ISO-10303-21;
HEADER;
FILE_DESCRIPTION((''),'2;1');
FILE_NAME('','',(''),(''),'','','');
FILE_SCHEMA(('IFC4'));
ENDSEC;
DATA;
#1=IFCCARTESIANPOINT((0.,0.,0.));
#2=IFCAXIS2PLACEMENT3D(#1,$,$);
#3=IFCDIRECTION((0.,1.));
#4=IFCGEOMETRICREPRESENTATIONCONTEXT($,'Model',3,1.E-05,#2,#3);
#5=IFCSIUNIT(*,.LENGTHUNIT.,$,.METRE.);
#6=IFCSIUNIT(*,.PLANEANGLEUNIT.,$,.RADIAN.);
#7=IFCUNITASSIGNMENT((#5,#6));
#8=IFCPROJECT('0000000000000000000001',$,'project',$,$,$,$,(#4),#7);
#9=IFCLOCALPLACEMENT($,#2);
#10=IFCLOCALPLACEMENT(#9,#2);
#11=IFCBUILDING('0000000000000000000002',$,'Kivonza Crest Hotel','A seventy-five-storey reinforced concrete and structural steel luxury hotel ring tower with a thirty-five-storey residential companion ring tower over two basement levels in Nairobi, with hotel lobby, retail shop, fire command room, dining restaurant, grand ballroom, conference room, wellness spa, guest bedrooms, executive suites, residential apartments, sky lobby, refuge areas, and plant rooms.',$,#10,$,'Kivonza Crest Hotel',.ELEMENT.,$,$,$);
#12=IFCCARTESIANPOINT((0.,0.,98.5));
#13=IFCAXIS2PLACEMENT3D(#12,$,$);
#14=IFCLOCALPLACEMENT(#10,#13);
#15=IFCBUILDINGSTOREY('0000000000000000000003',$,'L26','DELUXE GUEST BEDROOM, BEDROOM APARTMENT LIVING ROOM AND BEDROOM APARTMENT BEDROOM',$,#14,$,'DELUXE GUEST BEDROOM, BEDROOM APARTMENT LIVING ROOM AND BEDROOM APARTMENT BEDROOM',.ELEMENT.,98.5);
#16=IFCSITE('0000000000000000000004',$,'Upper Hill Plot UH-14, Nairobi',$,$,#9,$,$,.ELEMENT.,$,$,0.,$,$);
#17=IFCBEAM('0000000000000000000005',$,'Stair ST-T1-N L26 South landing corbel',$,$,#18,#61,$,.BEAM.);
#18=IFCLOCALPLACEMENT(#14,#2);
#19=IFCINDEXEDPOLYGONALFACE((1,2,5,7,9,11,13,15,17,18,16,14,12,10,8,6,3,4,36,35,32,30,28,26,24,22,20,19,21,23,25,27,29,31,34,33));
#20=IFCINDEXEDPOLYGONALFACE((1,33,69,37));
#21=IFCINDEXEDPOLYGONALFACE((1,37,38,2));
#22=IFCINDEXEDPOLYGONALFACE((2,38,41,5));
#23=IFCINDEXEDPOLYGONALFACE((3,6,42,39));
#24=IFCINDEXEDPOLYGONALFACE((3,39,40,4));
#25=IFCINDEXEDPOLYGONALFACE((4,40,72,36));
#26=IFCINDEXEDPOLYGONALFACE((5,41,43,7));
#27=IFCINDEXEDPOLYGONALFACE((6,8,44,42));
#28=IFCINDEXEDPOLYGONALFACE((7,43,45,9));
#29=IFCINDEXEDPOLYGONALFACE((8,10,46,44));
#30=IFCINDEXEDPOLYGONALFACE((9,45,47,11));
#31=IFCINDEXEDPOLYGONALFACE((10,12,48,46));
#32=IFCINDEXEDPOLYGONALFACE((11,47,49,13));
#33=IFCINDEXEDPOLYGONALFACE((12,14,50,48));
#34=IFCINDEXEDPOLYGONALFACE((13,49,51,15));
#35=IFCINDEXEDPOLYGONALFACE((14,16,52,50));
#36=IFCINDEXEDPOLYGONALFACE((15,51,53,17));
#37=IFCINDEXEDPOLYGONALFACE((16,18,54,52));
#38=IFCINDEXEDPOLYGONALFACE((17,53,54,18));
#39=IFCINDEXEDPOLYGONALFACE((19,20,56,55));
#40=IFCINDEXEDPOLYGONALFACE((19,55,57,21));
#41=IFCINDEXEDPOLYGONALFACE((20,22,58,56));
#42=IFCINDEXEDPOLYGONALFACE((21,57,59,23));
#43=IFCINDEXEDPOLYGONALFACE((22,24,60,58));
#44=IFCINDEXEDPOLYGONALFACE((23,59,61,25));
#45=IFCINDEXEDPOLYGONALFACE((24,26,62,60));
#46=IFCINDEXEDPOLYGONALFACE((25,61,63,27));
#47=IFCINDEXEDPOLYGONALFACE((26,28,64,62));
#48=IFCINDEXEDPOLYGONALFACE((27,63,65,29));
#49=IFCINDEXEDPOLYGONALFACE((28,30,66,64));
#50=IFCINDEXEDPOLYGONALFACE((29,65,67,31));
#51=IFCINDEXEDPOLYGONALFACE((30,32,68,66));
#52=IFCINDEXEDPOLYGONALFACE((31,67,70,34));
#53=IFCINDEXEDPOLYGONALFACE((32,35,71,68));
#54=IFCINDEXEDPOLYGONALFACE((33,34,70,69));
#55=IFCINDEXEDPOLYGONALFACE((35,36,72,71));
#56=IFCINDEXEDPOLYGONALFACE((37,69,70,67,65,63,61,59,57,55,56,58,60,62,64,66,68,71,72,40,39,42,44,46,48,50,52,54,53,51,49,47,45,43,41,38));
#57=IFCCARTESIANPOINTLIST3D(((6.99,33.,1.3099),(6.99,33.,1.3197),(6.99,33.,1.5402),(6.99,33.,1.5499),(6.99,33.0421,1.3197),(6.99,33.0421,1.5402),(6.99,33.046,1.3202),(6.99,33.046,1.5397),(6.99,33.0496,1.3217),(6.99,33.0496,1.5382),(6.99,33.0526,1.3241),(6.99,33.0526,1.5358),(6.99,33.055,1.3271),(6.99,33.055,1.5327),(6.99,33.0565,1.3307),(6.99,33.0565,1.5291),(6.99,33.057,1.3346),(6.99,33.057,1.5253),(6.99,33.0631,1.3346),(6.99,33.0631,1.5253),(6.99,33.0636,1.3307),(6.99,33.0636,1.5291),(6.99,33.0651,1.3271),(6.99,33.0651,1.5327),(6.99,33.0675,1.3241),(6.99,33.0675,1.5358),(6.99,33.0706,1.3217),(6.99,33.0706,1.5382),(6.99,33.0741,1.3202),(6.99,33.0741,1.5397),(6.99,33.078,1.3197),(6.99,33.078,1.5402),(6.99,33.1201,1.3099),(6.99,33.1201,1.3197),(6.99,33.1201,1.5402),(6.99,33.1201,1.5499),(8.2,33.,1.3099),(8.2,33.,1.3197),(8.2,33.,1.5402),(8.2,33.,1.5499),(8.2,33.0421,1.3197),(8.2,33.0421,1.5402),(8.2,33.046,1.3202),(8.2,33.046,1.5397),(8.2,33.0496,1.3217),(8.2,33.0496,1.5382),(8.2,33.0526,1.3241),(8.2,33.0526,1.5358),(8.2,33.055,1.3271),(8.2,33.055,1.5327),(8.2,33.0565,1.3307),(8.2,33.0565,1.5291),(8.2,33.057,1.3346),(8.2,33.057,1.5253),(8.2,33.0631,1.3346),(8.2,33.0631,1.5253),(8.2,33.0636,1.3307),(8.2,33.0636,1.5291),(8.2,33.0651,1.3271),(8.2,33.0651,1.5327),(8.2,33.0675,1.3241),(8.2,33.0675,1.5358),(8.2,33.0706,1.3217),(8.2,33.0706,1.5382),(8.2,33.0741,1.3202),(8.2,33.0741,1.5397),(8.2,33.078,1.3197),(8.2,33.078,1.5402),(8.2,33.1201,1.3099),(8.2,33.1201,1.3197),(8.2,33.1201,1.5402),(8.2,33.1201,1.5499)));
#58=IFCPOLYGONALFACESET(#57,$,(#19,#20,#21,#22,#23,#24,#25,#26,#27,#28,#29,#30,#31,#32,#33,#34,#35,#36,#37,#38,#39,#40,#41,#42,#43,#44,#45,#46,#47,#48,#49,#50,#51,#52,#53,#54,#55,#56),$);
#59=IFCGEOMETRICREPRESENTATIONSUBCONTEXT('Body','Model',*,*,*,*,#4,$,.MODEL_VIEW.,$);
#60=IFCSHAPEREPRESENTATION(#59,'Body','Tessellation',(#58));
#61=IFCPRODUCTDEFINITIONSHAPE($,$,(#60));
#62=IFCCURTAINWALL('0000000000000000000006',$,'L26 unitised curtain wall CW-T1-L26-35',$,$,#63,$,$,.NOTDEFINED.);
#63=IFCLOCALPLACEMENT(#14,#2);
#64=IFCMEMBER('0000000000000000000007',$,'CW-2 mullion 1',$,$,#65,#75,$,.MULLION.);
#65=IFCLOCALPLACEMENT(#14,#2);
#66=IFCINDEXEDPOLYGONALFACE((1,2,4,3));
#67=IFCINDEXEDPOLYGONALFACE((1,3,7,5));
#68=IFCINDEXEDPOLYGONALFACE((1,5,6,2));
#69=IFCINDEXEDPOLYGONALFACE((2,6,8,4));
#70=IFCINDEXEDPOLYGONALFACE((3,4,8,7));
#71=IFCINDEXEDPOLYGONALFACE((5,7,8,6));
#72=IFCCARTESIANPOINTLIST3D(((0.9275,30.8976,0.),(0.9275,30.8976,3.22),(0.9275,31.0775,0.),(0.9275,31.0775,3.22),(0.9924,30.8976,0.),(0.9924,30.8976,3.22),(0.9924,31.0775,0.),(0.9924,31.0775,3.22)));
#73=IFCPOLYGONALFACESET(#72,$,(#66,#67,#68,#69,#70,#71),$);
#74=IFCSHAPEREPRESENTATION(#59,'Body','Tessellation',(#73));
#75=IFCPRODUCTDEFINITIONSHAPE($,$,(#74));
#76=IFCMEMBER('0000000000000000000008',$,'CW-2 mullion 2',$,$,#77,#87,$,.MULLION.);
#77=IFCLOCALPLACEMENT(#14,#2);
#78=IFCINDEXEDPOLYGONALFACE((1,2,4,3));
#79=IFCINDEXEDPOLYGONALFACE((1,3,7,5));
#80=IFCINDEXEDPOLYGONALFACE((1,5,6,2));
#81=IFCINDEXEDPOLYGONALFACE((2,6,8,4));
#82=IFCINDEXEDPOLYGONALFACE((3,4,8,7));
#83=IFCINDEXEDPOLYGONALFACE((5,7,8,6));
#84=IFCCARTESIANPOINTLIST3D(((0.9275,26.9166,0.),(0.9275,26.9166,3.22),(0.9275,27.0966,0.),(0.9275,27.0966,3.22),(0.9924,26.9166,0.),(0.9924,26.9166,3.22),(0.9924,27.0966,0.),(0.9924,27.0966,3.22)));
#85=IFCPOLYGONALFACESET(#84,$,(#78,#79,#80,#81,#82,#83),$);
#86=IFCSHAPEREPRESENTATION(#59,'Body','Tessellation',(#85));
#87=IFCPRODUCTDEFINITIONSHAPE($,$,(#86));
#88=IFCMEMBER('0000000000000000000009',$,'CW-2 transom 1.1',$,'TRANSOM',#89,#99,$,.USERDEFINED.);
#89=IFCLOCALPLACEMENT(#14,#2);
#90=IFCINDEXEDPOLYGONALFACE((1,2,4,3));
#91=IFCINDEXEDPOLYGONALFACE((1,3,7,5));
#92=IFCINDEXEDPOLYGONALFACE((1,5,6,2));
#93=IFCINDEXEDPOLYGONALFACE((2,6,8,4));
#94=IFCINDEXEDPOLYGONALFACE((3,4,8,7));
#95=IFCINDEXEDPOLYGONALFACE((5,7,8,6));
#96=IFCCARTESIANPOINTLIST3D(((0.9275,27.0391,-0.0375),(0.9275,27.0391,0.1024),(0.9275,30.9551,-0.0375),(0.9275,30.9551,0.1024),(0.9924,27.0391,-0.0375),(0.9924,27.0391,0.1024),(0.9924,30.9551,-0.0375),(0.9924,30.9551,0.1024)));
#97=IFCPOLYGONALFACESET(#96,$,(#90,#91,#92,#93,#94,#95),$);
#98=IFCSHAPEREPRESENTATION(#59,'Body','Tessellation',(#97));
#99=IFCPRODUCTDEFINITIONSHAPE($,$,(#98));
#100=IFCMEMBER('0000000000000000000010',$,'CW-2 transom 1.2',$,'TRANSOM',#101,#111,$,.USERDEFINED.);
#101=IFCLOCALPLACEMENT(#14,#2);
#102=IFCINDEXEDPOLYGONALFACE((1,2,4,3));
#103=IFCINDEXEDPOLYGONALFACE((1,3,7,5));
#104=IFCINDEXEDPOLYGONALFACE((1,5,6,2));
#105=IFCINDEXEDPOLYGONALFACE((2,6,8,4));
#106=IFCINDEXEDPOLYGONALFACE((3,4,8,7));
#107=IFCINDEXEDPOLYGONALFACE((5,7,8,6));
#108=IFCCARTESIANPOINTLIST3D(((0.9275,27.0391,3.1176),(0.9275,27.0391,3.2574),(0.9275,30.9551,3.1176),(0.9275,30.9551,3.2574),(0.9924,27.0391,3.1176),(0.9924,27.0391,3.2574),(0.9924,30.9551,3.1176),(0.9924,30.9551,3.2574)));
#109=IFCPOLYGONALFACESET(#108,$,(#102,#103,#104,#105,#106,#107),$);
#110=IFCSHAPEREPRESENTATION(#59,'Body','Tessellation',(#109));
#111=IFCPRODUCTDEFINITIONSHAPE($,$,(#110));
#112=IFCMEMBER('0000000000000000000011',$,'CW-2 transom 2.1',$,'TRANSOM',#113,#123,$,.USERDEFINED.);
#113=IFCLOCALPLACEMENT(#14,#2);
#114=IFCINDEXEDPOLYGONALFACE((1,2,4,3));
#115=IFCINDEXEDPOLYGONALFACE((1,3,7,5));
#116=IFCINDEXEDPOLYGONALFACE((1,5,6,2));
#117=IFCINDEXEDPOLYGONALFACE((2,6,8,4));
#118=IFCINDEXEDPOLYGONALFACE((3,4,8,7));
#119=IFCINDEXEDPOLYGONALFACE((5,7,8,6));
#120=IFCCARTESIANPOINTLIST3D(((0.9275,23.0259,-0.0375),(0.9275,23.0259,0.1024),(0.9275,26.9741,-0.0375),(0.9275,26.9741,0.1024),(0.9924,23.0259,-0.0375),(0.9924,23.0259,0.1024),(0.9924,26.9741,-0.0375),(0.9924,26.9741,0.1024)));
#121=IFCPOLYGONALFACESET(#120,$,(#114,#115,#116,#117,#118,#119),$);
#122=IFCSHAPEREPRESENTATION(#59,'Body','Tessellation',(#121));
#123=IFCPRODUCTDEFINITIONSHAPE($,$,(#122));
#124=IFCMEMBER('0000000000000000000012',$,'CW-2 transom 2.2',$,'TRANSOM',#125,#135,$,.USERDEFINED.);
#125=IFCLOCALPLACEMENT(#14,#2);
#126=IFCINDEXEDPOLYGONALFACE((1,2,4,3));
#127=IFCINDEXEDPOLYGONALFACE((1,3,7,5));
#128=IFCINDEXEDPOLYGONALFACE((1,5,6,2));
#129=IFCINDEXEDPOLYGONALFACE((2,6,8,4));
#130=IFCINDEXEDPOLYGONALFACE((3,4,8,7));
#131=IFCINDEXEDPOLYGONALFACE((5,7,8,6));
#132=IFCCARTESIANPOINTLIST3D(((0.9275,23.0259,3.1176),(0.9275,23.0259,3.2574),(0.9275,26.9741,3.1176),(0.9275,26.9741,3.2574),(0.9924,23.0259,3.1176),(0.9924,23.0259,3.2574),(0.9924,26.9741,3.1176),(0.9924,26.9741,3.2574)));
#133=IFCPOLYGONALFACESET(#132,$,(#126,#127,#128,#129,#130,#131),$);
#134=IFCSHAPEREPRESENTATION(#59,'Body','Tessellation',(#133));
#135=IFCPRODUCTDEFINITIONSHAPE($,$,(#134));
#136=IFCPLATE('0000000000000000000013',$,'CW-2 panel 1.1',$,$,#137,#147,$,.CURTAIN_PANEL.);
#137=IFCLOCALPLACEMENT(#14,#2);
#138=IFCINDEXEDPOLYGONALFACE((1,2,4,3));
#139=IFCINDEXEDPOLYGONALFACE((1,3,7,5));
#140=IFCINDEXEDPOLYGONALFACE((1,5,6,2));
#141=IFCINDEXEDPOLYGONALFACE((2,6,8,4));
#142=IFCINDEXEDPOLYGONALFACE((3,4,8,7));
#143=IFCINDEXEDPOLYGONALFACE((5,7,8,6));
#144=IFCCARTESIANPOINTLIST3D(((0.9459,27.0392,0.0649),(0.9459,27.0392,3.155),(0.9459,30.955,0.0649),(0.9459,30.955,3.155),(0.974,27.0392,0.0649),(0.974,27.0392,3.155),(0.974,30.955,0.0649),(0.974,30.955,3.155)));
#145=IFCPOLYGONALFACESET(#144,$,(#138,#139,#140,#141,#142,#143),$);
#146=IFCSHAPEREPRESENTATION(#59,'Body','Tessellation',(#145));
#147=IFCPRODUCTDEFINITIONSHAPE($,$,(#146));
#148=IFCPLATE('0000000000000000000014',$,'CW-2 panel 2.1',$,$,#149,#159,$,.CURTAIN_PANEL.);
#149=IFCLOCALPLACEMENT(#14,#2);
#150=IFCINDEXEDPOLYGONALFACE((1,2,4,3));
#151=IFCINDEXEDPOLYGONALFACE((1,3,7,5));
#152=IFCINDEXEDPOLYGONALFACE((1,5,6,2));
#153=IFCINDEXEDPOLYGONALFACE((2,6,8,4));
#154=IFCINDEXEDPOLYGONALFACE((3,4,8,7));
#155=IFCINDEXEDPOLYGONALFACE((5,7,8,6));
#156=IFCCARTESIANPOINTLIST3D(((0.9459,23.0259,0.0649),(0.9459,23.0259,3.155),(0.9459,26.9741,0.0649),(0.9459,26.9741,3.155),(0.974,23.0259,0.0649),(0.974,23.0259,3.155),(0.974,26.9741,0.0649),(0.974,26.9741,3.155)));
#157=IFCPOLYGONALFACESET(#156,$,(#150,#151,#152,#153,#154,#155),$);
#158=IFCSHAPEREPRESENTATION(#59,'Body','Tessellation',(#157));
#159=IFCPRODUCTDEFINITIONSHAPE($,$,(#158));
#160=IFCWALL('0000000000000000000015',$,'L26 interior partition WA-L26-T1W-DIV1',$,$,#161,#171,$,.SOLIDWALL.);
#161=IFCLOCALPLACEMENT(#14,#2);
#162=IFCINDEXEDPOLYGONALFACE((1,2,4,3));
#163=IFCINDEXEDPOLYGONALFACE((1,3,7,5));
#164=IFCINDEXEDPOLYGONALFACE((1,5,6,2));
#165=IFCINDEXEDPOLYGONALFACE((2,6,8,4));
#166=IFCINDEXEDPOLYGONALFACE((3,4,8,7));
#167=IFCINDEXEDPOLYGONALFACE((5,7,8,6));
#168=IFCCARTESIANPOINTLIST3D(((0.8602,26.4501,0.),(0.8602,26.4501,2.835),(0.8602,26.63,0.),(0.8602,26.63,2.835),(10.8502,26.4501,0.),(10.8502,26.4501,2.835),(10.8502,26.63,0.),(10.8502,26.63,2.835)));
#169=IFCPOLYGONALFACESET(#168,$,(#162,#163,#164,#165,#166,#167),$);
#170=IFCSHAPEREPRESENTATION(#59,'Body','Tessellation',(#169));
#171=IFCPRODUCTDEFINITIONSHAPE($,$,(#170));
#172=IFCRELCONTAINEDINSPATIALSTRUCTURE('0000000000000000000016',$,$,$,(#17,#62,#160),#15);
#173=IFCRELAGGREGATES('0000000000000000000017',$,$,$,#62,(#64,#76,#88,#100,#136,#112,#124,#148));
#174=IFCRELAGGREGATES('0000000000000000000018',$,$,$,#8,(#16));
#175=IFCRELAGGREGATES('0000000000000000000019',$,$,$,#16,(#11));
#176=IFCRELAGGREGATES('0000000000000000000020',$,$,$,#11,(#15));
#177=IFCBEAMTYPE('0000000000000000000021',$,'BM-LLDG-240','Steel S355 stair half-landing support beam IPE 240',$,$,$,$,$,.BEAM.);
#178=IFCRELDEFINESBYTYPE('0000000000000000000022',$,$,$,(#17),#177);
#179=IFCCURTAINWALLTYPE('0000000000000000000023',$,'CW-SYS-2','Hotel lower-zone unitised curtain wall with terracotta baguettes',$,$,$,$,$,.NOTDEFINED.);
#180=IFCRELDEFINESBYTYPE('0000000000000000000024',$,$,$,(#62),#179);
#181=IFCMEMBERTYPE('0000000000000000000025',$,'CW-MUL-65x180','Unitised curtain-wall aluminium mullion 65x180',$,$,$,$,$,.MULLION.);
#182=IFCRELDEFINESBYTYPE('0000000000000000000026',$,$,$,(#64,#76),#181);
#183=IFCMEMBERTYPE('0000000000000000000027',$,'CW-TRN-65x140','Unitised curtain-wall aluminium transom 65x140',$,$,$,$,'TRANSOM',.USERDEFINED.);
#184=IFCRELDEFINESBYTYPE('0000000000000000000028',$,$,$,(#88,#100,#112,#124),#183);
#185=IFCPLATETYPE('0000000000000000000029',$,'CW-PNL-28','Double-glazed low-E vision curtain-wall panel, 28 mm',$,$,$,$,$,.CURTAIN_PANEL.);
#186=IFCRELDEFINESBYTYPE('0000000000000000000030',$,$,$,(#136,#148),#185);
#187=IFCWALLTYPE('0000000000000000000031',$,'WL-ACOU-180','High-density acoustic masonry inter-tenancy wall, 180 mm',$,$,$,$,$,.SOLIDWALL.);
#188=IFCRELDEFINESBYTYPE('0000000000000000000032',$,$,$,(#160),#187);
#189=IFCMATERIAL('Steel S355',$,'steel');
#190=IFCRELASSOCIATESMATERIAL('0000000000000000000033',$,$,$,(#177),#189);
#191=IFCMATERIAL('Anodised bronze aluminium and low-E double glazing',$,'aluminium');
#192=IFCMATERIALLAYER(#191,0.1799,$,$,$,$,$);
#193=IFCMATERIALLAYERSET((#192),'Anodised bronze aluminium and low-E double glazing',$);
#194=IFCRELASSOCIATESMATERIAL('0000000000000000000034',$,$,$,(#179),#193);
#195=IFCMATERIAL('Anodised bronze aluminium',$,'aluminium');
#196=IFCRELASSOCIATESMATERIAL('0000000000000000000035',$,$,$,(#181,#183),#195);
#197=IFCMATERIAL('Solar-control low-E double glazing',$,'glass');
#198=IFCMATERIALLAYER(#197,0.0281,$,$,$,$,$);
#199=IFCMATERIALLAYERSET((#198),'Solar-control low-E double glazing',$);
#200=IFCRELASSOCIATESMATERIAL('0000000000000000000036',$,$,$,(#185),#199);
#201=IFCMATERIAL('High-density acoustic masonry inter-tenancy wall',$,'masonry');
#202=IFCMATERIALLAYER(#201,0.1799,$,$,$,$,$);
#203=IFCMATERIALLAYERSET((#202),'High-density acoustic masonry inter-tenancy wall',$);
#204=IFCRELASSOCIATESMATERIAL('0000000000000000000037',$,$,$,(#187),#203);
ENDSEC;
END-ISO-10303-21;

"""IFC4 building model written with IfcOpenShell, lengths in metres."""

from ifc_helpers import new_model, si_unit, direction, frame, frame_2d, origin, origin_2d, place, context, subcontext, project, spatial, rectangle, i_section, extrude, material, layer, layer_set, material_profile, profile_set, type_object, element, aggregate, save


model = new_model("IFC4")

# Units and contexts
model_context = context("Model", 3, precision=1e-05, world=origin(), true_north=direction((0.0, 1.0)))
body_context = subcontext(model_context, "Body", "Model", "MODEL_VIEW")
ifc_project = project(units=[si_unit("LENGTHUNIT", "METRE"), si_unit("PLANEANGLEUNIT", "RADIAN")], contexts=[model_context])

# Site, building, storey
site_placement = place(None, origin())
site = spatial("IfcSite", under=ifc_project, at=site_placement, Name="Upper Hill Plot UH-14, Nairobi", CompositionType="ELEMENT", RefElevation=0.0)
building_placement = place(site_placement, origin())
building = spatial("IfcBuilding", under=site, at=building_placement, Name="Kivonza Crest Hotel", Description="A seventy-five-storey reinforced concrete and structural steel luxury hotel ring tower with a thirty-five-storey residential companion ring tower over two basement levels in Nairobi, with hotel lobby, retail shop, fire command room, dining restaurant, grand ballroom, conference room, wellness spa, guest bedrooms, executive suites, residential apartments, sky lobby, refuge areas, and plant rooms.", LongName="Kivonza Crest Hotel", CompositionType="ELEMENT")
storey_placement = place(building_placement, frame((0.0, 0.0, 98.5)))
storey = spatial("IfcBuildingStorey", under=building, at=storey_placement, Name="L26", Description="DELUXE GUEST BEDROOM, BEDROOM APARTMENT LIVING ROOM AND BEDROOM APARTMENT BEDROOM", LongName="DELUXE GUEST BEDROOM, BEDROOM APARTMENT LIVING ROOM AND BEDROOM APARTMENT BEDROOM", CompositionType="ELEMENT", Elevation=98.5)

# Beam
ifc_material_1 = material(Name="Steel S355", Category="steel")
ifc_material_profile_1 = material_profile(ifc_material_1, i_section(OverallWidth=0.1201, OverallDepth=0.24, WebThickness=0.0061, FlangeThickness=0.0098, FilletRadius=0.0149, at=origin_2d()), Name="IPE 240")
ifc_profile_set_1 = profile_set([ifc_material_profile_1], Name="Steel S355")
beam_type_1 = type_object("IfcBeamType", Name="BM-LLDG-240", Description="Steel S355 stair half-landing support beam IPE 240", PredefinedType="BEAM", material=ifc_profile_set_1)
beam_1_placement = place(storey_placement, frame((6.99, 33.0601, 1.4299), z_axis=(1.0, 0.0, 0.0), x_axis=(0.0, 1.0, 0.0)))
element("IfcBeam", 1, at=beam_1_placement, inside=storey, type_object=beam_type_1, Name="Stair ST-T1-N L26 South landing corbel", PredefinedType="BEAM", context=body_context, shape_type="SweptSolid", body=[
    extrude(i_section(OverallWidth=0.1201, OverallDepth=0.24, WebThickness=0.0061, FlangeThickness=0.0098, FilletRadius=0.0149, at=origin_2d()), origin(), (0.0, 0.0, 1.0), 1.21),
])

# Curtain wall, members, plates
ifc_material_2 = material(Name="Anodised bronze aluminium and low-E double glazing", Category="aluminium")
ifc_layer_1 = layer(ifc_material_2, 0.1799)
ifc_layer_set_1 = layer_set([ifc_layer_1], Name="Anodised bronze aluminium and low-E double glazing")
curtain_wall_type = type_object("IfcCurtainWallType", Name="CW-SYS-2", Description="Hotel lower-zone unitised curtain wall with terracotta baguettes", PredefinedType="NOTDEFINED", material=ifc_layer_set_1)
curtain_wall_placement = place(storey_placement, origin())
curtain_wall = element("IfcCurtainWall", 2, at=curtain_wall_placement, inside=storey, type_object=curtain_wall_type, Name="L26 unitised curtain wall CW-T1-L26-35", PredefinedType="NOTDEFINED")
ifc_material_3 = material(Name="Anodised bronze aluminium", Category="aluminium")
ifc_material_profile_2 = material_profile(ifc_material_3, rectangle(XDim=0.0649, YDim=0.1799, at=origin_2d()), Name="CW-M 65x180")
ifc_profile_set_2 = profile_set([ifc_material_profile_2], Name="Anodised bronze aluminium")
member_type_1 = type_object("IfcMemberType", Name="CW-MUL-65x180", Description="Unitised curtain-wall aluminium mullion 65x180", PredefinedType="MULLION", material=ifc_profile_set_2)
member_1_placement = place(storey_placement, frame((0.96, 30.9875, 0.0), z_axis=(0.0, 0.0, 1.0), x_axis=(1.0, 0.0, 0.0)))
member_1 = element("IfcMember", 3, at=member_1_placement, type_object=member_type_1, Name="CW-2 mullion 1", PredefinedType="MULLION", context=body_context, shape_type="SweptSolid", body=[
    extrude(rectangle(XDim=0.0649, YDim=0.1799, at=origin_2d()), origin(), (0.0, 0.0, 1.0), 3.22),
])
member_2_placement = place(storey_placement, frame((0.96, 27.0066, 0.0), z_axis=(0.0, 0.0, 1.0), x_axis=(1.0, 0.0, 0.0)))
member_2 = element("IfcMember", 4, at=member_2_placement, type_object=member_type_1, Name="CW-2 mullion 2", PredefinedType="MULLION", context=body_context, shape_type="SweptSolid", body=[
    extrude(rectangle(XDim=0.0649, YDim=0.1799, at=origin_2d()), origin(), (0.0, 0.0, 1.0), 3.22),
])
ifc_material_profile_3 = material_profile(ifc_material_3, rectangle(XDim=0.0649, YDim=0.1399, at=origin_2d()), Name="CW-T 65x140")
ifc_profile_set_3 = profile_set([ifc_material_profile_3], Name="Anodised bronze aluminium")
member_type_2 = type_object("IfcMemberType", Name="CW-TRN-65x140", Description="Unitised curtain-wall aluminium transom 65x140", ElementType="TRANSOM", PredefinedType="USERDEFINED", material=ifc_profile_set_3)
member_3_placement = place(storey_placement, frame((0.96, 30.9551, 0.0325), z_axis=(0.0, -1.0, 0.0), x_axis=(1.0, 0.0, 0.0)))
member_3 = element("IfcMember", 5, at=member_3_placement, type_object=member_type_2, Name="CW-2 transom 1.1", ObjectType="TRANSOM", PredefinedType="USERDEFINED", context=body_context, shape_type="SweptSolid", body=[
    extrude(rectangle(XDim=0.0649, YDim=0.1399, at=origin_2d()), origin(), (0.0, 0.0, 1.0), 3.916),
])
member_4_placement = place(storey_placement, frame((0.96, 30.9551, 3.1875), z_axis=(0.0, -1.0, 0.0), x_axis=(1.0, 0.0, 0.0)))
member_4 = element("IfcMember", 6, at=member_4_placement, type_object=member_type_2, Name="CW-2 transom 1.2", ObjectType="TRANSOM", PredefinedType="USERDEFINED", context=body_context, shape_type="SweptSolid", body=[
    extrude(rectangle(XDim=0.0649, YDim=0.1399, at=origin_2d()), origin(), (0.0, 0.0, 1.0), 3.916),
])
member_5_placement = place(storey_placement, frame((0.96, 26.9741, 0.0325), z_axis=(0.0, -1.0, 0.0), x_axis=(1.0, 0.0, 0.0)))
member_5 = element("IfcMember", 7, at=member_5_placement, type_object=member_type_2, Name="CW-2 transom 2.1", ObjectType="TRANSOM", PredefinedType="USERDEFINED", context=body_context, shape_type="SweptSolid", body=[
    extrude(rectangle(XDim=0.0649, YDim=0.1399, at=origin_2d()), origin(), (0.0, 0.0, 1.0), 3.9482),
])
member_6_placement = place(storey_placement, frame((0.96, 26.9741, 3.1875), z_axis=(0.0, -1.0, 0.0), x_axis=(1.0, 0.0, 0.0)))
member_6 = element("IfcMember", 8, at=member_6_placement, type_object=member_type_2, Name="CW-2 transom 2.2", ObjectType="TRANSOM", PredefinedType="USERDEFINED", context=body_context, shape_type="SweptSolid", body=[
    extrude(rectangle(XDim=0.0649, YDim=0.1399, at=origin_2d()), origin(), (0.0, 0.0, 1.0), 3.9482),
])
ifc_material_4 = material(Name="Solar-control low-E double glazing", Category="glass")
ifc_layer_2 = layer(ifc_material_4, 0.0281)
ifc_layer_set_2 = layer_set([ifc_layer_2], Name="Solar-control low-E double glazing")
plate_type = type_object("IfcPlateType", Name="CW-PNL-28", Description="Double-glazed low-E vision curtain-wall panel, 28 mm", PredefinedType="CURTAIN_PANEL", material=ifc_layer_set_2)
plate_1_placement = place(storey_placement, frame((0.96, 28.9971, 0.0649), z_axis=(0.0, 0.0, 1.0), x_axis=(0.0, -1.0, 0.0)))
plate_1 = element("IfcPlate", 9, at=plate_1_placement, type_object=plate_type, Name="CW-2 panel 1.1", PredefinedType="CURTAIN_PANEL", context=body_context, shape_type="SweptSolid", body=[
    extrude(rectangle(XDim=3.9158, YDim=0.0281, at=origin_2d()), origin(), (0.0, 0.0, 1.0), 3.0901),
])
plate_2_placement = place(storey_placement, frame((0.96, 25.0, 0.0649), z_axis=(0.0, 0.0, 1.0), x_axis=(0.0, -1.0, 0.0)))
plate_2 = element("IfcPlate", 10, at=plate_2_placement, type_object=plate_type, Name="CW-2 panel 2.1", PredefinedType="CURTAIN_PANEL", context=body_context, shape_type="SweptSolid", body=[
    extrude(rectangle(XDim=3.9482, YDim=0.0281, at=origin_2d()), origin(), (0.0, 0.0, 1.0), 3.0901),
])
aggregate(curtain_wall, [member_1, member_2, member_3, member_4, plate_1, member_5, member_6, plate_2])

# Wall
ifc_material_5 = material(Name="High-density acoustic masonry inter-tenancy wall", Category="masonry")
ifc_layer_3 = layer(ifc_material_5, 0.1799)
ifc_layer_set_3 = layer_set([ifc_layer_3], Name="High-density acoustic masonry inter-tenancy wall")
wall_type_1 = type_object("IfcWallType", Name="WL-ACOU-180", Description="High-density acoustic masonry inter-tenancy wall, 180 mm", PredefinedType="SOLIDWALL", material=ifc_layer_set_3)
wall_1_placement = place(storey_placement, frame((0.8601, 26.54, 0.0), z_axis=(0.0, 0.0, 1.0), x_axis=(1.0, 0.0, 0.0)))
element("IfcWall", 11, at=wall_1_placement, inside=storey, type_object=wall_type_1, Name="L26 interior partition WA-L26-T1W-DIV1", PredefinedType="SOLIDWALL", context=body_context, shape_type="SweptSolid", body=[
    extrude(rectangle(XDim=9.99, YDim=0.1799, at=frame_2d((4.9951, 0.0))), origin(), (0.0, 0.0, 1.0), 2.835),
])

save(model, "model.ifc")
